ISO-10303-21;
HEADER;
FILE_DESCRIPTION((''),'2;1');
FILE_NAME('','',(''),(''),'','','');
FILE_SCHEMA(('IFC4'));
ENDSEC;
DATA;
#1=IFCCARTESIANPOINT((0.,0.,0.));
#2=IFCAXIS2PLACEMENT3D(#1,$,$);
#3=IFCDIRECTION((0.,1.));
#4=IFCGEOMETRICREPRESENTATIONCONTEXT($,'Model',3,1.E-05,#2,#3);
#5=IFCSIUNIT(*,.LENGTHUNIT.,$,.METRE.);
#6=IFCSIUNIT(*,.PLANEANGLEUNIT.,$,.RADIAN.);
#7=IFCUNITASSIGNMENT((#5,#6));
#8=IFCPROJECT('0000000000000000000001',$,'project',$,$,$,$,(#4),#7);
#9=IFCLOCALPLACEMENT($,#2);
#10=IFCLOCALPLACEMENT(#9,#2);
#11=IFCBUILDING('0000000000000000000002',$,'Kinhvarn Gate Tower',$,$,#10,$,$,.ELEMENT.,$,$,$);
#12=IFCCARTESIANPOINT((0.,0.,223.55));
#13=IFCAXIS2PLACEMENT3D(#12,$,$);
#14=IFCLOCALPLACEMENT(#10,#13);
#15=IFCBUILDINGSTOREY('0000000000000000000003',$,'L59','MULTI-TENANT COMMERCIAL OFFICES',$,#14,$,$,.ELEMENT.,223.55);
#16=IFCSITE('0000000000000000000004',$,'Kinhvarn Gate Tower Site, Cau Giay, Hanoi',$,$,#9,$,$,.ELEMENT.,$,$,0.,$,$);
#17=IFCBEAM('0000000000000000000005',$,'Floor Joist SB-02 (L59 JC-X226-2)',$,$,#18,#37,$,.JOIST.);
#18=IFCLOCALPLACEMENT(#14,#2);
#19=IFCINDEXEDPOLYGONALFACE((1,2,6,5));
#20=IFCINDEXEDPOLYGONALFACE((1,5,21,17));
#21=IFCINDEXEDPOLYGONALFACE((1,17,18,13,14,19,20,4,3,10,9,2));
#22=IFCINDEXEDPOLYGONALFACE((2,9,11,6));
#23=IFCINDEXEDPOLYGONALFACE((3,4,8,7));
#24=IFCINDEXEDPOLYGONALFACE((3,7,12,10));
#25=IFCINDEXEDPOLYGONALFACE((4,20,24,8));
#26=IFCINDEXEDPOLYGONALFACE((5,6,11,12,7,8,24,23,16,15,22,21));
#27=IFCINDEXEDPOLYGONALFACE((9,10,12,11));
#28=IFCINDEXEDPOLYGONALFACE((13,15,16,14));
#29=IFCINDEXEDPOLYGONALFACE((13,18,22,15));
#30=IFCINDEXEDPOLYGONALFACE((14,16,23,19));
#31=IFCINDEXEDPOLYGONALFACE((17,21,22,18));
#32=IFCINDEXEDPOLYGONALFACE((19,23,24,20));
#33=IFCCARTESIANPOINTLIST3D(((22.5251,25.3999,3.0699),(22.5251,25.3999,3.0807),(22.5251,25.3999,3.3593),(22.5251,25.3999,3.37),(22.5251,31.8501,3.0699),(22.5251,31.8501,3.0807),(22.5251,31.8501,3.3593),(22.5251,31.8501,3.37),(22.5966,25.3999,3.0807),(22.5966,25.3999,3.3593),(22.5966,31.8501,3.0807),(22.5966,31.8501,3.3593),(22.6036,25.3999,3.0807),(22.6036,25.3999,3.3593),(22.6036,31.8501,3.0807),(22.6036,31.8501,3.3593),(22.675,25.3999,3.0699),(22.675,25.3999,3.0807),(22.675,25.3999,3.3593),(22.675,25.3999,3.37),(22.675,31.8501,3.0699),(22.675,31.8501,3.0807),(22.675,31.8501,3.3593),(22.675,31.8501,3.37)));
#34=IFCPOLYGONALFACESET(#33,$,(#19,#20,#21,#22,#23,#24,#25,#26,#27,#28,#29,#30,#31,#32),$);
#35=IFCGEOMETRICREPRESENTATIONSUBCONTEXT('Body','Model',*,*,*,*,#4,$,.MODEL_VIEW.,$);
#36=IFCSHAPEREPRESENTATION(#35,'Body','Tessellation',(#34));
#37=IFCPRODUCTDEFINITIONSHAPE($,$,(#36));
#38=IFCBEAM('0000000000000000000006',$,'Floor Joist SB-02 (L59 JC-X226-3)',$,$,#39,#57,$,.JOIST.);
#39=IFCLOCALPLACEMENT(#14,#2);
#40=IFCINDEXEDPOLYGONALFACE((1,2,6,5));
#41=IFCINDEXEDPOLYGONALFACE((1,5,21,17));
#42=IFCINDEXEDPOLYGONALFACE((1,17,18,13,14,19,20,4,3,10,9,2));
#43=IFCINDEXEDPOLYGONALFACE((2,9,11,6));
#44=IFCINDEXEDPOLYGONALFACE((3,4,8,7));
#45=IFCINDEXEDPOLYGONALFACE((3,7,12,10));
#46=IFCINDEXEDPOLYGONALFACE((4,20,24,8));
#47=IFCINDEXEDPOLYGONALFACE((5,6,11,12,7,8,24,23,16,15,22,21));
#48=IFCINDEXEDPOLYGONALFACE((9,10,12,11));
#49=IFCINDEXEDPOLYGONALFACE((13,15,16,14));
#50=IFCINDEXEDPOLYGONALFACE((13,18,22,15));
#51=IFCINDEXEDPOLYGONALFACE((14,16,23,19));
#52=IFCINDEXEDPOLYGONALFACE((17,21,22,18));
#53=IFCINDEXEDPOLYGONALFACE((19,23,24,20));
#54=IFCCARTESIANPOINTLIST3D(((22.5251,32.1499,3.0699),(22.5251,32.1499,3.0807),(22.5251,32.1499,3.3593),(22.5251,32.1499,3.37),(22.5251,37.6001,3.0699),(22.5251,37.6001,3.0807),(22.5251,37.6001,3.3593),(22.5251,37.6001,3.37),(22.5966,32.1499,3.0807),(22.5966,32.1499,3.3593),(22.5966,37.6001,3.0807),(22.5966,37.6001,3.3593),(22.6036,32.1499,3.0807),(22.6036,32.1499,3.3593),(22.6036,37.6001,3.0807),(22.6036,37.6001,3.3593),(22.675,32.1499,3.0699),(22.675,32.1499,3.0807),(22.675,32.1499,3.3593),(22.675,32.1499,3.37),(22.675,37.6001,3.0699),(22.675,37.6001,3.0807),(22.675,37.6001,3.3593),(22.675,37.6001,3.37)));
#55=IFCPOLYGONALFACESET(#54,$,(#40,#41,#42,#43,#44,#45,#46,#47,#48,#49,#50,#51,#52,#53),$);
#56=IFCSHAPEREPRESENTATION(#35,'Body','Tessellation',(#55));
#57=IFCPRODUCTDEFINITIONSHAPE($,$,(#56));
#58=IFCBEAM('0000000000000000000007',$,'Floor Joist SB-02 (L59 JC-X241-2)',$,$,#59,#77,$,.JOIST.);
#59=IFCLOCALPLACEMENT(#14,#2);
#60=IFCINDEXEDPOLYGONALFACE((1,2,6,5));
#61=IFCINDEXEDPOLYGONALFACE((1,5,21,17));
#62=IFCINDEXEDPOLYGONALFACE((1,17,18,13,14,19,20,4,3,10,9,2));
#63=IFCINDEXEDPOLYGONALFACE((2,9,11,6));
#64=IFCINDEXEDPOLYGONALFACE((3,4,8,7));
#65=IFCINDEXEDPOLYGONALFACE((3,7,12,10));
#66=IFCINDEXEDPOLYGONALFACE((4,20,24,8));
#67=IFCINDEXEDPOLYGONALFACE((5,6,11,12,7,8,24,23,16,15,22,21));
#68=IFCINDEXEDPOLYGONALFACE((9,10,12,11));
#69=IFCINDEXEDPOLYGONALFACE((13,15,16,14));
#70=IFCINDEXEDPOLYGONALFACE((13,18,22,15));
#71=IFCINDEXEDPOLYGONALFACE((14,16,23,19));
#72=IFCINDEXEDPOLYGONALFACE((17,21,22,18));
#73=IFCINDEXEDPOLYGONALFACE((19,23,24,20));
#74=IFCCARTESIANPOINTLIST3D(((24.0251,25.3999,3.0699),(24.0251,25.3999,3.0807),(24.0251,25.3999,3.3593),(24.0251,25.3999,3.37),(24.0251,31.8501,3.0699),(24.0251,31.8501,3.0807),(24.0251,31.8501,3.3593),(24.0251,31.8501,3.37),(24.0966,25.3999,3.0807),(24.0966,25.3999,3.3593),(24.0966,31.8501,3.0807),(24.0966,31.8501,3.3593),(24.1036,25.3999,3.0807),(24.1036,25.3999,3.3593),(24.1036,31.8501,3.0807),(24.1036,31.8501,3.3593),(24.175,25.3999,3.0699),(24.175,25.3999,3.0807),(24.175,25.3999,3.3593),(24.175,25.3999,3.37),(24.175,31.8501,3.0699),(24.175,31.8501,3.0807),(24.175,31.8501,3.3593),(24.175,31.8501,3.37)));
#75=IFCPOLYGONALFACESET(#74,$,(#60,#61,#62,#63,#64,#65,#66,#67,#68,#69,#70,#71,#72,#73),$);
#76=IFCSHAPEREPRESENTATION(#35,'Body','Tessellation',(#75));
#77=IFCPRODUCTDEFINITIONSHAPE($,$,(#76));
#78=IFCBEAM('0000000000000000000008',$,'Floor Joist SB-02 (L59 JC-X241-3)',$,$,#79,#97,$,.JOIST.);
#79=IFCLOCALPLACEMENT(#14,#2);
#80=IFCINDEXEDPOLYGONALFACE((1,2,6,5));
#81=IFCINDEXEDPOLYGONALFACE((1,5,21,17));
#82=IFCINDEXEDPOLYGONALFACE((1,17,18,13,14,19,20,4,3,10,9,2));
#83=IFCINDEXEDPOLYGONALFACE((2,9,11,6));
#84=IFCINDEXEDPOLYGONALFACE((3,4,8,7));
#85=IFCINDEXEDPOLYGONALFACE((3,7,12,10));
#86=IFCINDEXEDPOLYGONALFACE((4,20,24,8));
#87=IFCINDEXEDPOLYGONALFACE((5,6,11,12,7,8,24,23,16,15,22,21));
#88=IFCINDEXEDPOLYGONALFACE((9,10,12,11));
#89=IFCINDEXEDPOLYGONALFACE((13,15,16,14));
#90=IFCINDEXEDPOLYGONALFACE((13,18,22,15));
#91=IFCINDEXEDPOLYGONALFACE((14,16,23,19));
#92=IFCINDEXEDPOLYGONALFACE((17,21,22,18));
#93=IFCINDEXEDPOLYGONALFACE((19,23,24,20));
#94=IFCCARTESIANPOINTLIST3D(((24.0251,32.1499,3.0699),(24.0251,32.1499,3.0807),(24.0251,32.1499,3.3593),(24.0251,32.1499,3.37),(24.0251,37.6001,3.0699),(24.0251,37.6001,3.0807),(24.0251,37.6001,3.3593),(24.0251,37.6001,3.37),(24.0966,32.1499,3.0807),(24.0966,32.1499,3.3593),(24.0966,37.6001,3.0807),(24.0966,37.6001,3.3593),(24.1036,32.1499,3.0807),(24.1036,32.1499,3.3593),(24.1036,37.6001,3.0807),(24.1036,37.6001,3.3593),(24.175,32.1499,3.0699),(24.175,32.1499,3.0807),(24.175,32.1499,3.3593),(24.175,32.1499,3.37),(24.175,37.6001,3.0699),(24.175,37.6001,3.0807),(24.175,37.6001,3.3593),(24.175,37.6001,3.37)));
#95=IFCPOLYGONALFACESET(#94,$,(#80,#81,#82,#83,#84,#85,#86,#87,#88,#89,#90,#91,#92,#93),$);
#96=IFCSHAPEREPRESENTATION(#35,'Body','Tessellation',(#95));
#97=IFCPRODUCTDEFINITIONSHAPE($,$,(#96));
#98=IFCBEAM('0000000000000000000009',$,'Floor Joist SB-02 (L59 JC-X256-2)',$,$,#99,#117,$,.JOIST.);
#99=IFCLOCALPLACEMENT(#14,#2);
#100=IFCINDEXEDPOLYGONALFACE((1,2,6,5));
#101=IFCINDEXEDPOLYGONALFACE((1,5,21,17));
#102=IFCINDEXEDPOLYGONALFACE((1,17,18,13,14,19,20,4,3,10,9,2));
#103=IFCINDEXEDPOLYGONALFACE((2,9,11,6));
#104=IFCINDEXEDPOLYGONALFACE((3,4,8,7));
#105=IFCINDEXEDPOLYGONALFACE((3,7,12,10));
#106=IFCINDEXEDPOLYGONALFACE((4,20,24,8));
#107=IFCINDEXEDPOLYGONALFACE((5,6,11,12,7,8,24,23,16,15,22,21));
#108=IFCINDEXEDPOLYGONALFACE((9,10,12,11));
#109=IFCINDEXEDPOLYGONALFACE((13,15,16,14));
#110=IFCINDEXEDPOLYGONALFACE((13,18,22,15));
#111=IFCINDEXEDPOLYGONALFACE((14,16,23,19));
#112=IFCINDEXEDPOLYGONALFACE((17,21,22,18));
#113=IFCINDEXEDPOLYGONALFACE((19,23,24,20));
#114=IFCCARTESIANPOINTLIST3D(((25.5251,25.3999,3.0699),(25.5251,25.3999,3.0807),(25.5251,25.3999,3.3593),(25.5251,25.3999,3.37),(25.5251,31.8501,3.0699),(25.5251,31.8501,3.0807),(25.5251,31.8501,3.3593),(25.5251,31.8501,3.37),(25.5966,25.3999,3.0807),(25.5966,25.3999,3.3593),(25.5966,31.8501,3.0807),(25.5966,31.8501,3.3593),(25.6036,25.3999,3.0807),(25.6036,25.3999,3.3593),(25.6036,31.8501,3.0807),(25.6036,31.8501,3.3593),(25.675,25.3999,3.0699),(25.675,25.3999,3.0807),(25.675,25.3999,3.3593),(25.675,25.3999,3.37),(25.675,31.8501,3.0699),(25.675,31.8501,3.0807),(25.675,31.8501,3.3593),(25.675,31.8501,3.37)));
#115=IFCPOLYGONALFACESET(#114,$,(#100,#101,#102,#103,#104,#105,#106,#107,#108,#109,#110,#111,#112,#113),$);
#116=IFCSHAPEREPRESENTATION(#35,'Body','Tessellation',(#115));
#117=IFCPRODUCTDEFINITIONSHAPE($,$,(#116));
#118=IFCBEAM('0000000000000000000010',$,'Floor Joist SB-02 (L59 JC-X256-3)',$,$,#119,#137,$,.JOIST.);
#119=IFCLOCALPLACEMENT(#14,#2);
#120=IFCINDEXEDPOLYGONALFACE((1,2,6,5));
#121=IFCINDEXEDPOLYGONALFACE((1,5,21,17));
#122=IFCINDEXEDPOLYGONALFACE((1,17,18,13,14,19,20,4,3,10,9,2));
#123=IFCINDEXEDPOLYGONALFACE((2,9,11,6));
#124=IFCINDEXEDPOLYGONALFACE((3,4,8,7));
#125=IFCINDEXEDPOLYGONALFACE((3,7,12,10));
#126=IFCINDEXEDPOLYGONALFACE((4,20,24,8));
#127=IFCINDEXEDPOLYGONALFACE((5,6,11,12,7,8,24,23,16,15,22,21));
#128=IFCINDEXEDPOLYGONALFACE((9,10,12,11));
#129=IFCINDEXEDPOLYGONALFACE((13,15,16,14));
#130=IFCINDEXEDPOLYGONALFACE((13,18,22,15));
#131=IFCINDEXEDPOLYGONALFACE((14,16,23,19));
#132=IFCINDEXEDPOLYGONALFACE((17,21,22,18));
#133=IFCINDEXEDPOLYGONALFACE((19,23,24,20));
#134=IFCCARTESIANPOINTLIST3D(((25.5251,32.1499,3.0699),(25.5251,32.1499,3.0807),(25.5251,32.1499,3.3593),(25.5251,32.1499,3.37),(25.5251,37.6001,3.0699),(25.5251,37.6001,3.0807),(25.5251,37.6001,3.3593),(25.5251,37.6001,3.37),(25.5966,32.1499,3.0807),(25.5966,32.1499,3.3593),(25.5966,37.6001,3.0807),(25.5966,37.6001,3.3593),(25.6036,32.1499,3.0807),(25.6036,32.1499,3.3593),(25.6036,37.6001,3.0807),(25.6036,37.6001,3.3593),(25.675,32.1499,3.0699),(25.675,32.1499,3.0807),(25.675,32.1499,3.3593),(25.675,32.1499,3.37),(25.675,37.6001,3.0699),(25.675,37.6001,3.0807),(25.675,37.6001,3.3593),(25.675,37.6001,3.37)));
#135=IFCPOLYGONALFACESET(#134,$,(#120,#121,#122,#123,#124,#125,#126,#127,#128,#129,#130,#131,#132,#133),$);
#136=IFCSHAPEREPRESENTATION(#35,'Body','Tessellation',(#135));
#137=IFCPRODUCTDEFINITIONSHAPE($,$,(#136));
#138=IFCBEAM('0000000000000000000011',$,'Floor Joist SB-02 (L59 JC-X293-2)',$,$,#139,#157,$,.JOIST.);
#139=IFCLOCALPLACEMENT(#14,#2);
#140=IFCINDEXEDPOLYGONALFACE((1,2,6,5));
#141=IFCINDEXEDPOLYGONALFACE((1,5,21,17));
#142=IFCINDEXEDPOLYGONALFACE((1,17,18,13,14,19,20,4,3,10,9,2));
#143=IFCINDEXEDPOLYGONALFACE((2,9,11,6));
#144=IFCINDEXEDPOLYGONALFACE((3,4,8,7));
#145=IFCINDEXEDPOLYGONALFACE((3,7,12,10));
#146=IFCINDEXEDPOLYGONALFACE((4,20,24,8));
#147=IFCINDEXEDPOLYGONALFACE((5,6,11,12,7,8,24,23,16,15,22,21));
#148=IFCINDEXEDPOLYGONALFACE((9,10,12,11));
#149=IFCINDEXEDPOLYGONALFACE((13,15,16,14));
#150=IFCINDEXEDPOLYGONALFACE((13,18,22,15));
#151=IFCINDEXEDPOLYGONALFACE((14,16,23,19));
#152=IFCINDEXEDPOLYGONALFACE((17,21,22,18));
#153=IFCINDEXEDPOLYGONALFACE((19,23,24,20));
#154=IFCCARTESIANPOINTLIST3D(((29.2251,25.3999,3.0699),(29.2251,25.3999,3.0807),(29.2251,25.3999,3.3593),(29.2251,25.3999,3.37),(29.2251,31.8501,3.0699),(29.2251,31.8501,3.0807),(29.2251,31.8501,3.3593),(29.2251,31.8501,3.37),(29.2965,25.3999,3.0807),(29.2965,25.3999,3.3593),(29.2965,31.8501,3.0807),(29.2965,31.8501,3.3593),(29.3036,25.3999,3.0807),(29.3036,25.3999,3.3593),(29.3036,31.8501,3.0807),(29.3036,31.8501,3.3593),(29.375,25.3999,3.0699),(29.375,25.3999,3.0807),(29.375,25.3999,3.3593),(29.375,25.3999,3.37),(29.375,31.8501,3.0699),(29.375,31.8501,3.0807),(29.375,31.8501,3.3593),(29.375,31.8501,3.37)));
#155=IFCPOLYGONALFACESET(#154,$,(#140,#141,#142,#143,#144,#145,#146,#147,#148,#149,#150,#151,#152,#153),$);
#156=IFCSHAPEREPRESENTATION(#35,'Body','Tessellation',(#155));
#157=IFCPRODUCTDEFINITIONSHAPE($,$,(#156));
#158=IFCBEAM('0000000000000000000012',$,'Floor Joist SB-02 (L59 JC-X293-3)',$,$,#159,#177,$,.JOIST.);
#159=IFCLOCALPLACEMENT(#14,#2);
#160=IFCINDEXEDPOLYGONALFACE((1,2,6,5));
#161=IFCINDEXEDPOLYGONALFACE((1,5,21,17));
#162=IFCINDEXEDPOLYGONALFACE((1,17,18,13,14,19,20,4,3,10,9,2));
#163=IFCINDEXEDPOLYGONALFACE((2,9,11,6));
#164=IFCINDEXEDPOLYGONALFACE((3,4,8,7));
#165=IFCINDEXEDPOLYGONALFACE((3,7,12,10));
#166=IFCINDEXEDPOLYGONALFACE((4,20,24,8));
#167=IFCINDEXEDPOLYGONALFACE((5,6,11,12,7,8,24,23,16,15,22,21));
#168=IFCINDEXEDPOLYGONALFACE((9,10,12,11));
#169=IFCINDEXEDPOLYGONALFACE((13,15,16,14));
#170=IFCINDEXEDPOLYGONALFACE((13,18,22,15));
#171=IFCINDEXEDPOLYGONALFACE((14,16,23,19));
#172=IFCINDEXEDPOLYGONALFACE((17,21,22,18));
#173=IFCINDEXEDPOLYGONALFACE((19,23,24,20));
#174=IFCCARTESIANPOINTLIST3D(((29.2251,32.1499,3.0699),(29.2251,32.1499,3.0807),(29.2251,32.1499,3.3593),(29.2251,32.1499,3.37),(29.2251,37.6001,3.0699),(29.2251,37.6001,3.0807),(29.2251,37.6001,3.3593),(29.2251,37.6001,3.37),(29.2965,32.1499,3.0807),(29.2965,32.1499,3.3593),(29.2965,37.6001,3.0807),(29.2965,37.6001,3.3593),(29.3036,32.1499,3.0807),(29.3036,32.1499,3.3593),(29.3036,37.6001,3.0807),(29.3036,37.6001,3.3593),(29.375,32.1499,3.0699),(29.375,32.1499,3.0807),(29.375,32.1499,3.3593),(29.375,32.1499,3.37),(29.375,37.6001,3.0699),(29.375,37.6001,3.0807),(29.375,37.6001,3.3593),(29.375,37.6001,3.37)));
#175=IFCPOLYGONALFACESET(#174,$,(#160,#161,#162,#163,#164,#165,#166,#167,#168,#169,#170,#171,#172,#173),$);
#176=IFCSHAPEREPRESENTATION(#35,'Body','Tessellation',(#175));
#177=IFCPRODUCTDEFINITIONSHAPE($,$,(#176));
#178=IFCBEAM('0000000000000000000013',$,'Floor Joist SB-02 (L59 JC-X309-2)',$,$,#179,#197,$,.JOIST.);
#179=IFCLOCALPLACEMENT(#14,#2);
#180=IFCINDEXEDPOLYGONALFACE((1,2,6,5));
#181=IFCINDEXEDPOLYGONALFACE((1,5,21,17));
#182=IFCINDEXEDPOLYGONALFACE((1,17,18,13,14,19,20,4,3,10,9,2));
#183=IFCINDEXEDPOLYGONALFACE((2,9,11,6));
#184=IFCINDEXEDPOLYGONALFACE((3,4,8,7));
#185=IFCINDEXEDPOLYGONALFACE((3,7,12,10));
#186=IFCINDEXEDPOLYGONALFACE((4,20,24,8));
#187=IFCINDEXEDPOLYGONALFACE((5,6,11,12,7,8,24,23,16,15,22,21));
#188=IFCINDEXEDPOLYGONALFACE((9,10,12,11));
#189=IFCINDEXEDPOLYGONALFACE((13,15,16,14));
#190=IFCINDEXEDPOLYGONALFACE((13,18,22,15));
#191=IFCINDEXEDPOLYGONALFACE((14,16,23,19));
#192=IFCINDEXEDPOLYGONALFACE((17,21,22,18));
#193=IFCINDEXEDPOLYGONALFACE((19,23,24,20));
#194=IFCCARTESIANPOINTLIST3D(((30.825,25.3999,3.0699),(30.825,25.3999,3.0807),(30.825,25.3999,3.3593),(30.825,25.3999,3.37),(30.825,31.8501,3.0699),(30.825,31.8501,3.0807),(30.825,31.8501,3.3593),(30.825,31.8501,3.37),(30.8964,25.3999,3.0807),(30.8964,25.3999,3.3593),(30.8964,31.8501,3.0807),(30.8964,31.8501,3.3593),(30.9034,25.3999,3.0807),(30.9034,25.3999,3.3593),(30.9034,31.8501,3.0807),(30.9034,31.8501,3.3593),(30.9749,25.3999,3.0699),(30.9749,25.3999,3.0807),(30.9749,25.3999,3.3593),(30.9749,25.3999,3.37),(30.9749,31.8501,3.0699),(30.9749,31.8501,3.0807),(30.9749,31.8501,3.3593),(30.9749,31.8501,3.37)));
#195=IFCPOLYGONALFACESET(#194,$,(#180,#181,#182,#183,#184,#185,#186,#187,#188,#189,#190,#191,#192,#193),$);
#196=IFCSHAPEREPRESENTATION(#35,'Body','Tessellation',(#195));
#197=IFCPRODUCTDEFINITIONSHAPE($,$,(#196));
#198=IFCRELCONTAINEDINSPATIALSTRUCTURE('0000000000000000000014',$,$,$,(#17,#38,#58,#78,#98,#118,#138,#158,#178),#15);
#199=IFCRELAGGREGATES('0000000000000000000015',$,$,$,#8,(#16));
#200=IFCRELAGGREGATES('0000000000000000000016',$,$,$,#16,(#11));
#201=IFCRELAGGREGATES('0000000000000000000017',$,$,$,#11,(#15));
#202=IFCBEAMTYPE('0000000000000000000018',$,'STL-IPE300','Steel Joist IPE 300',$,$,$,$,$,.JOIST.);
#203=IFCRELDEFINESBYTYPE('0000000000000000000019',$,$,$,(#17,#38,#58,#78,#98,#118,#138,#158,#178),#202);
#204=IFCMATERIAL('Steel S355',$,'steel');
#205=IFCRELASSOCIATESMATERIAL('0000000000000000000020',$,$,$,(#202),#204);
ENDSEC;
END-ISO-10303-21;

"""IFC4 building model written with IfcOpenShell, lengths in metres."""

from ifc_helpers import new_model, si_unit, direction, frame, origin, origin_2d, place, context, subcontext, project, spatial, i_section, extrude, material, material_profile, profile_set, type_object, element, save


model = new_model("IFC4")

# Units and contexts
model_context = context("Model", 3, precision=1e-05, world=origin(), true_north=direction((0.0, 1.0)))
body_context = subcontext(model_context, "Body", "Model", "MODEL_VIEW")
ifc_project = project(units=[si_unit("LENGTHUNIT", "METRE"), si_unit("PLANEANGLEUNIT", "RADIAN")], contexts=[model_context])

# Site, building, storey
site_placement = place(None, origin())
site = spatial("IfcSite", under=ifc_project, at=site_placement, Name="Kinhvarn Gate Tower Site, Cau Giay, Hanoi", CompositionType="ELEMENT", RefElevation=0.0)
building_placement = place(site_placement, origin())
building = spatial("IfcBuilding", under=site, at=building_placement, Name="Kinhvarn Gate Tower", CompositionType="ELEMENT")
storey_placement = place(building_placement, frame((0.0, 0.0, 223.55)))
storey = spatial("IfcBuildingStorey", under=building, at=storey_placement, Name="L59", Description="MULTI-TENANT COMMERCIAL OFFICES", CompositionType="ELEMENT", Elevation=223.55)

# Beams
ifc_material_1 = material(Name="Steel S355", Category="steel")
ifc_material_profile = material_profile(ifc_material_1, i_section(OverallWidth=0.1499, OverallDepth=0.3, WebThickness=0.0071, FlangeThickness=0.0107, at=origin_2d()), Name="IPE 300")
ifc_profile_set = profile_set([ifc_material_profile], Name="Steel S355")
beam_type = type_object("IfcBeamType", Name="STL-IPE300", Description="Steel Joist IPE 300", PredefinedType="JOIST", material=ifc_profile_set)
beam_1_placement = place(storey_placement, frame((22.6001, 25.3999, 3.22), z_axis=(0.0, 1.0, 0.0), x_axis=(-1.0, 0.0, 0.0)))
element("IfcBeam", 1, at=beam_1_placement, inside=storey, type_object=beam_type, Name="Floor Joist SB-02 (L59 JC-X226-2)", PredefinedType="JOIST", context=body_context, shape_type="SweptSolid", body=[
    extrude(i_section(OverallWidth=0.1499, OverallDepth=0.3, WebThickness=0.0071, FlangeThickness=0.0107, at=origin_2d()), origin(), (0.0, 0.0, 1.0), 6.4502),
])
beam_2_placement = place(storey_placement, frame((22.6001, 32.1499, 3.22), z_axis=(0.0, 1.0, 0.0), x_axis=(-1.0, 0.0, 0.0)))
element("IfcBeam", 2, at=beam_2_placement, inside=storey, type_object=beam_type, Name="Floor Joist SB-02 (L59 JC-X226-3)", PredefinedType="JOIST", context=body_context, shape_type="SweptSolid", body=[
    extrude(i_section(OverallWidth=0.1499, OverallDepth=0.3, WebThickness=0.0071, FlangeThickness=0.0107, at=origin_2d()), origin(), (0.0, 0.0, 1.0), 5.4502),
])
beam_3_placement = place(storey_placement, frame((24.1001, 25.3999, 3.22), z_axis=(0.0, 1.0, 0.0), x_axis=(-1.0, 0.0, 0.0)))
element("IfcBeam", 3, at=beam_3_placement, inside=storey, type_object=beam_type, Name="Floor Joist SB-02 (L59 JC-X241-2)", PredefinedType="JOIST", context=body_context, shape_type="SweptSolid", body=[
    extrude(i_section(OverallWidth=0.1499, OverallDepth=0.3, WebThickness=0.0071, FlangeThickness=0.0107, at=origin_2d()), origin(), (0.0, 0.0, 1.0), 6.4502),
])
beam_4_placement = place(storey_placement, frame((24.1001, 32.1499, 3.22), z_axis=(0.0, 1.0, 0.0), x_axis=(-1.0, 0.0, 0.0)))
element("IfcBeam", 4, at=beam_4_placement, inside=storey, type_object=beam_type, Name="Floor Joist SB-02 (L59 JC-X241-3)", PredefinedType="JOIST", context=body_context, shape_type="SweptSolid", body=[
    extrude(i_section(OverallWidth=0.1499, OverallDepth=0.3, WebThickness=0.0071, FlangeThickness=0.0107, at=origin_2d()), origin(), (0.0, 0.0, 1.0), 5.4502),
])
beam_5_placement = place(storey_placement, frame((25.6001, 25.3999, 3.22), z_axis=(0.0, 1.0, 0.0), x_axis=(-1.0, 0.0, 0.0)))
element("IfcBeam", 5, at=beam_5_placement, inside=storey, type_object=beam_type, Name="Floor Joist SB-02 (L59 JC-X256-2)", PredefinedType="JOIST", context=body_context, shape_type="SweptSolid", body=[
    extrude(i_section(OverallWidth=0.1499, OverallDepth=0.3, WebThickness=0.0071, FlangeThickness=0.0107, at=origin_2d()), origin(), (0.0, 0.0, 1.0), 6.4502),
])
beam_6_placement = place(storey_placement, frame((25.6001, 32.1499, 3.22), z_axis=(0.0, 1.0, 0.0), x_axis=(-1.0, 0.0, 0.0)))
element("IfcBeam", 6, at=beam_6_placement, inside=storey, type_object=beam_type, Name="Floor Joist SB-02 (L59 JC-X256-3)", PredefinedType="JOIST", context=body_context, shape_type="SweptSolid", body=[
    extrude(i_section(OverallWidth=0.1499, OverallDepth=0.3, WebThickness=0.0071, FlangeThickness=0.0107, at=origin_2d()), origin(), (0.0, 0.0, 1.0), 5.4502),
])
beam_7_placement = place(storey_placement, frame((29.3, 25.3999, 3.22), z_axis=(0.0, 1.0, 0.0), x_axis=(-1.0, 0.0, 0.0)))
element("IfcBeam", 7, at=beam_7_placement, inside=storey, type_object=beam_type, Name="Floor Joist SB-02 (L59 JC-X293-2)", PredefinedType="JOIST", context=body_context, shape_type="SweptSolid", body=[
    extrude(i_section(OverallWidth=0.1499, OverallDepth=0.3, WebThickness=0.0071, FlangeThickness=0.0107, at=origin_2d()), origin(), (0.0, 0.0, 1.0), 6.4502),
])
beam_8_placement = place(storey_placement, frame((29.3, 32.1499, 3.22), z_axis=(0.0, 1.0, 0.0), x_axis=(-1.0, 0.0, 0.0)))
element("IfcBeam", 8, at=beam_8_placement, inside=storey, type_object=beam_type, Name="Floor Joist SB-02 (L59 JC-X293-3)", PredefinedType="JOIST", context=body_context, shape_type="SweptSolid", body=[
    extrude(i_section(OverallWidth=0.1499, OverallDepth=0.3, WebThickness=0.0071, FlangeThickness=0.0107, at=origin_2d()), origin(), (0.0, 0.0, 1.0), 5.4502),
])
beam_9_placement = place(storey_placement, frame((30.8999, 25.3999, 3.22), z_axis=(0.0, 1.0, 0.0), x_axis=(-1.0, 0.0, 0.0)))
element("IfcBeam", 9, at=beam_9_placement, inside=storey, type_object=beam_type, Name="Floor Joist SB-02 (L59 JC-X309-2)", PredefinedType="JOIST", context=body_context, shape_type="SweptSolid", body=[
    extrude(i_section(OverallWidth=0.1499, OverallDepth=0.3, WebThickness=0.0071, FlangeThickness=0.0107, at=origin_2d()), origin(), (0.0, 0.0, 1.0), 6.4502),
])

save(model, "model.ifc")
